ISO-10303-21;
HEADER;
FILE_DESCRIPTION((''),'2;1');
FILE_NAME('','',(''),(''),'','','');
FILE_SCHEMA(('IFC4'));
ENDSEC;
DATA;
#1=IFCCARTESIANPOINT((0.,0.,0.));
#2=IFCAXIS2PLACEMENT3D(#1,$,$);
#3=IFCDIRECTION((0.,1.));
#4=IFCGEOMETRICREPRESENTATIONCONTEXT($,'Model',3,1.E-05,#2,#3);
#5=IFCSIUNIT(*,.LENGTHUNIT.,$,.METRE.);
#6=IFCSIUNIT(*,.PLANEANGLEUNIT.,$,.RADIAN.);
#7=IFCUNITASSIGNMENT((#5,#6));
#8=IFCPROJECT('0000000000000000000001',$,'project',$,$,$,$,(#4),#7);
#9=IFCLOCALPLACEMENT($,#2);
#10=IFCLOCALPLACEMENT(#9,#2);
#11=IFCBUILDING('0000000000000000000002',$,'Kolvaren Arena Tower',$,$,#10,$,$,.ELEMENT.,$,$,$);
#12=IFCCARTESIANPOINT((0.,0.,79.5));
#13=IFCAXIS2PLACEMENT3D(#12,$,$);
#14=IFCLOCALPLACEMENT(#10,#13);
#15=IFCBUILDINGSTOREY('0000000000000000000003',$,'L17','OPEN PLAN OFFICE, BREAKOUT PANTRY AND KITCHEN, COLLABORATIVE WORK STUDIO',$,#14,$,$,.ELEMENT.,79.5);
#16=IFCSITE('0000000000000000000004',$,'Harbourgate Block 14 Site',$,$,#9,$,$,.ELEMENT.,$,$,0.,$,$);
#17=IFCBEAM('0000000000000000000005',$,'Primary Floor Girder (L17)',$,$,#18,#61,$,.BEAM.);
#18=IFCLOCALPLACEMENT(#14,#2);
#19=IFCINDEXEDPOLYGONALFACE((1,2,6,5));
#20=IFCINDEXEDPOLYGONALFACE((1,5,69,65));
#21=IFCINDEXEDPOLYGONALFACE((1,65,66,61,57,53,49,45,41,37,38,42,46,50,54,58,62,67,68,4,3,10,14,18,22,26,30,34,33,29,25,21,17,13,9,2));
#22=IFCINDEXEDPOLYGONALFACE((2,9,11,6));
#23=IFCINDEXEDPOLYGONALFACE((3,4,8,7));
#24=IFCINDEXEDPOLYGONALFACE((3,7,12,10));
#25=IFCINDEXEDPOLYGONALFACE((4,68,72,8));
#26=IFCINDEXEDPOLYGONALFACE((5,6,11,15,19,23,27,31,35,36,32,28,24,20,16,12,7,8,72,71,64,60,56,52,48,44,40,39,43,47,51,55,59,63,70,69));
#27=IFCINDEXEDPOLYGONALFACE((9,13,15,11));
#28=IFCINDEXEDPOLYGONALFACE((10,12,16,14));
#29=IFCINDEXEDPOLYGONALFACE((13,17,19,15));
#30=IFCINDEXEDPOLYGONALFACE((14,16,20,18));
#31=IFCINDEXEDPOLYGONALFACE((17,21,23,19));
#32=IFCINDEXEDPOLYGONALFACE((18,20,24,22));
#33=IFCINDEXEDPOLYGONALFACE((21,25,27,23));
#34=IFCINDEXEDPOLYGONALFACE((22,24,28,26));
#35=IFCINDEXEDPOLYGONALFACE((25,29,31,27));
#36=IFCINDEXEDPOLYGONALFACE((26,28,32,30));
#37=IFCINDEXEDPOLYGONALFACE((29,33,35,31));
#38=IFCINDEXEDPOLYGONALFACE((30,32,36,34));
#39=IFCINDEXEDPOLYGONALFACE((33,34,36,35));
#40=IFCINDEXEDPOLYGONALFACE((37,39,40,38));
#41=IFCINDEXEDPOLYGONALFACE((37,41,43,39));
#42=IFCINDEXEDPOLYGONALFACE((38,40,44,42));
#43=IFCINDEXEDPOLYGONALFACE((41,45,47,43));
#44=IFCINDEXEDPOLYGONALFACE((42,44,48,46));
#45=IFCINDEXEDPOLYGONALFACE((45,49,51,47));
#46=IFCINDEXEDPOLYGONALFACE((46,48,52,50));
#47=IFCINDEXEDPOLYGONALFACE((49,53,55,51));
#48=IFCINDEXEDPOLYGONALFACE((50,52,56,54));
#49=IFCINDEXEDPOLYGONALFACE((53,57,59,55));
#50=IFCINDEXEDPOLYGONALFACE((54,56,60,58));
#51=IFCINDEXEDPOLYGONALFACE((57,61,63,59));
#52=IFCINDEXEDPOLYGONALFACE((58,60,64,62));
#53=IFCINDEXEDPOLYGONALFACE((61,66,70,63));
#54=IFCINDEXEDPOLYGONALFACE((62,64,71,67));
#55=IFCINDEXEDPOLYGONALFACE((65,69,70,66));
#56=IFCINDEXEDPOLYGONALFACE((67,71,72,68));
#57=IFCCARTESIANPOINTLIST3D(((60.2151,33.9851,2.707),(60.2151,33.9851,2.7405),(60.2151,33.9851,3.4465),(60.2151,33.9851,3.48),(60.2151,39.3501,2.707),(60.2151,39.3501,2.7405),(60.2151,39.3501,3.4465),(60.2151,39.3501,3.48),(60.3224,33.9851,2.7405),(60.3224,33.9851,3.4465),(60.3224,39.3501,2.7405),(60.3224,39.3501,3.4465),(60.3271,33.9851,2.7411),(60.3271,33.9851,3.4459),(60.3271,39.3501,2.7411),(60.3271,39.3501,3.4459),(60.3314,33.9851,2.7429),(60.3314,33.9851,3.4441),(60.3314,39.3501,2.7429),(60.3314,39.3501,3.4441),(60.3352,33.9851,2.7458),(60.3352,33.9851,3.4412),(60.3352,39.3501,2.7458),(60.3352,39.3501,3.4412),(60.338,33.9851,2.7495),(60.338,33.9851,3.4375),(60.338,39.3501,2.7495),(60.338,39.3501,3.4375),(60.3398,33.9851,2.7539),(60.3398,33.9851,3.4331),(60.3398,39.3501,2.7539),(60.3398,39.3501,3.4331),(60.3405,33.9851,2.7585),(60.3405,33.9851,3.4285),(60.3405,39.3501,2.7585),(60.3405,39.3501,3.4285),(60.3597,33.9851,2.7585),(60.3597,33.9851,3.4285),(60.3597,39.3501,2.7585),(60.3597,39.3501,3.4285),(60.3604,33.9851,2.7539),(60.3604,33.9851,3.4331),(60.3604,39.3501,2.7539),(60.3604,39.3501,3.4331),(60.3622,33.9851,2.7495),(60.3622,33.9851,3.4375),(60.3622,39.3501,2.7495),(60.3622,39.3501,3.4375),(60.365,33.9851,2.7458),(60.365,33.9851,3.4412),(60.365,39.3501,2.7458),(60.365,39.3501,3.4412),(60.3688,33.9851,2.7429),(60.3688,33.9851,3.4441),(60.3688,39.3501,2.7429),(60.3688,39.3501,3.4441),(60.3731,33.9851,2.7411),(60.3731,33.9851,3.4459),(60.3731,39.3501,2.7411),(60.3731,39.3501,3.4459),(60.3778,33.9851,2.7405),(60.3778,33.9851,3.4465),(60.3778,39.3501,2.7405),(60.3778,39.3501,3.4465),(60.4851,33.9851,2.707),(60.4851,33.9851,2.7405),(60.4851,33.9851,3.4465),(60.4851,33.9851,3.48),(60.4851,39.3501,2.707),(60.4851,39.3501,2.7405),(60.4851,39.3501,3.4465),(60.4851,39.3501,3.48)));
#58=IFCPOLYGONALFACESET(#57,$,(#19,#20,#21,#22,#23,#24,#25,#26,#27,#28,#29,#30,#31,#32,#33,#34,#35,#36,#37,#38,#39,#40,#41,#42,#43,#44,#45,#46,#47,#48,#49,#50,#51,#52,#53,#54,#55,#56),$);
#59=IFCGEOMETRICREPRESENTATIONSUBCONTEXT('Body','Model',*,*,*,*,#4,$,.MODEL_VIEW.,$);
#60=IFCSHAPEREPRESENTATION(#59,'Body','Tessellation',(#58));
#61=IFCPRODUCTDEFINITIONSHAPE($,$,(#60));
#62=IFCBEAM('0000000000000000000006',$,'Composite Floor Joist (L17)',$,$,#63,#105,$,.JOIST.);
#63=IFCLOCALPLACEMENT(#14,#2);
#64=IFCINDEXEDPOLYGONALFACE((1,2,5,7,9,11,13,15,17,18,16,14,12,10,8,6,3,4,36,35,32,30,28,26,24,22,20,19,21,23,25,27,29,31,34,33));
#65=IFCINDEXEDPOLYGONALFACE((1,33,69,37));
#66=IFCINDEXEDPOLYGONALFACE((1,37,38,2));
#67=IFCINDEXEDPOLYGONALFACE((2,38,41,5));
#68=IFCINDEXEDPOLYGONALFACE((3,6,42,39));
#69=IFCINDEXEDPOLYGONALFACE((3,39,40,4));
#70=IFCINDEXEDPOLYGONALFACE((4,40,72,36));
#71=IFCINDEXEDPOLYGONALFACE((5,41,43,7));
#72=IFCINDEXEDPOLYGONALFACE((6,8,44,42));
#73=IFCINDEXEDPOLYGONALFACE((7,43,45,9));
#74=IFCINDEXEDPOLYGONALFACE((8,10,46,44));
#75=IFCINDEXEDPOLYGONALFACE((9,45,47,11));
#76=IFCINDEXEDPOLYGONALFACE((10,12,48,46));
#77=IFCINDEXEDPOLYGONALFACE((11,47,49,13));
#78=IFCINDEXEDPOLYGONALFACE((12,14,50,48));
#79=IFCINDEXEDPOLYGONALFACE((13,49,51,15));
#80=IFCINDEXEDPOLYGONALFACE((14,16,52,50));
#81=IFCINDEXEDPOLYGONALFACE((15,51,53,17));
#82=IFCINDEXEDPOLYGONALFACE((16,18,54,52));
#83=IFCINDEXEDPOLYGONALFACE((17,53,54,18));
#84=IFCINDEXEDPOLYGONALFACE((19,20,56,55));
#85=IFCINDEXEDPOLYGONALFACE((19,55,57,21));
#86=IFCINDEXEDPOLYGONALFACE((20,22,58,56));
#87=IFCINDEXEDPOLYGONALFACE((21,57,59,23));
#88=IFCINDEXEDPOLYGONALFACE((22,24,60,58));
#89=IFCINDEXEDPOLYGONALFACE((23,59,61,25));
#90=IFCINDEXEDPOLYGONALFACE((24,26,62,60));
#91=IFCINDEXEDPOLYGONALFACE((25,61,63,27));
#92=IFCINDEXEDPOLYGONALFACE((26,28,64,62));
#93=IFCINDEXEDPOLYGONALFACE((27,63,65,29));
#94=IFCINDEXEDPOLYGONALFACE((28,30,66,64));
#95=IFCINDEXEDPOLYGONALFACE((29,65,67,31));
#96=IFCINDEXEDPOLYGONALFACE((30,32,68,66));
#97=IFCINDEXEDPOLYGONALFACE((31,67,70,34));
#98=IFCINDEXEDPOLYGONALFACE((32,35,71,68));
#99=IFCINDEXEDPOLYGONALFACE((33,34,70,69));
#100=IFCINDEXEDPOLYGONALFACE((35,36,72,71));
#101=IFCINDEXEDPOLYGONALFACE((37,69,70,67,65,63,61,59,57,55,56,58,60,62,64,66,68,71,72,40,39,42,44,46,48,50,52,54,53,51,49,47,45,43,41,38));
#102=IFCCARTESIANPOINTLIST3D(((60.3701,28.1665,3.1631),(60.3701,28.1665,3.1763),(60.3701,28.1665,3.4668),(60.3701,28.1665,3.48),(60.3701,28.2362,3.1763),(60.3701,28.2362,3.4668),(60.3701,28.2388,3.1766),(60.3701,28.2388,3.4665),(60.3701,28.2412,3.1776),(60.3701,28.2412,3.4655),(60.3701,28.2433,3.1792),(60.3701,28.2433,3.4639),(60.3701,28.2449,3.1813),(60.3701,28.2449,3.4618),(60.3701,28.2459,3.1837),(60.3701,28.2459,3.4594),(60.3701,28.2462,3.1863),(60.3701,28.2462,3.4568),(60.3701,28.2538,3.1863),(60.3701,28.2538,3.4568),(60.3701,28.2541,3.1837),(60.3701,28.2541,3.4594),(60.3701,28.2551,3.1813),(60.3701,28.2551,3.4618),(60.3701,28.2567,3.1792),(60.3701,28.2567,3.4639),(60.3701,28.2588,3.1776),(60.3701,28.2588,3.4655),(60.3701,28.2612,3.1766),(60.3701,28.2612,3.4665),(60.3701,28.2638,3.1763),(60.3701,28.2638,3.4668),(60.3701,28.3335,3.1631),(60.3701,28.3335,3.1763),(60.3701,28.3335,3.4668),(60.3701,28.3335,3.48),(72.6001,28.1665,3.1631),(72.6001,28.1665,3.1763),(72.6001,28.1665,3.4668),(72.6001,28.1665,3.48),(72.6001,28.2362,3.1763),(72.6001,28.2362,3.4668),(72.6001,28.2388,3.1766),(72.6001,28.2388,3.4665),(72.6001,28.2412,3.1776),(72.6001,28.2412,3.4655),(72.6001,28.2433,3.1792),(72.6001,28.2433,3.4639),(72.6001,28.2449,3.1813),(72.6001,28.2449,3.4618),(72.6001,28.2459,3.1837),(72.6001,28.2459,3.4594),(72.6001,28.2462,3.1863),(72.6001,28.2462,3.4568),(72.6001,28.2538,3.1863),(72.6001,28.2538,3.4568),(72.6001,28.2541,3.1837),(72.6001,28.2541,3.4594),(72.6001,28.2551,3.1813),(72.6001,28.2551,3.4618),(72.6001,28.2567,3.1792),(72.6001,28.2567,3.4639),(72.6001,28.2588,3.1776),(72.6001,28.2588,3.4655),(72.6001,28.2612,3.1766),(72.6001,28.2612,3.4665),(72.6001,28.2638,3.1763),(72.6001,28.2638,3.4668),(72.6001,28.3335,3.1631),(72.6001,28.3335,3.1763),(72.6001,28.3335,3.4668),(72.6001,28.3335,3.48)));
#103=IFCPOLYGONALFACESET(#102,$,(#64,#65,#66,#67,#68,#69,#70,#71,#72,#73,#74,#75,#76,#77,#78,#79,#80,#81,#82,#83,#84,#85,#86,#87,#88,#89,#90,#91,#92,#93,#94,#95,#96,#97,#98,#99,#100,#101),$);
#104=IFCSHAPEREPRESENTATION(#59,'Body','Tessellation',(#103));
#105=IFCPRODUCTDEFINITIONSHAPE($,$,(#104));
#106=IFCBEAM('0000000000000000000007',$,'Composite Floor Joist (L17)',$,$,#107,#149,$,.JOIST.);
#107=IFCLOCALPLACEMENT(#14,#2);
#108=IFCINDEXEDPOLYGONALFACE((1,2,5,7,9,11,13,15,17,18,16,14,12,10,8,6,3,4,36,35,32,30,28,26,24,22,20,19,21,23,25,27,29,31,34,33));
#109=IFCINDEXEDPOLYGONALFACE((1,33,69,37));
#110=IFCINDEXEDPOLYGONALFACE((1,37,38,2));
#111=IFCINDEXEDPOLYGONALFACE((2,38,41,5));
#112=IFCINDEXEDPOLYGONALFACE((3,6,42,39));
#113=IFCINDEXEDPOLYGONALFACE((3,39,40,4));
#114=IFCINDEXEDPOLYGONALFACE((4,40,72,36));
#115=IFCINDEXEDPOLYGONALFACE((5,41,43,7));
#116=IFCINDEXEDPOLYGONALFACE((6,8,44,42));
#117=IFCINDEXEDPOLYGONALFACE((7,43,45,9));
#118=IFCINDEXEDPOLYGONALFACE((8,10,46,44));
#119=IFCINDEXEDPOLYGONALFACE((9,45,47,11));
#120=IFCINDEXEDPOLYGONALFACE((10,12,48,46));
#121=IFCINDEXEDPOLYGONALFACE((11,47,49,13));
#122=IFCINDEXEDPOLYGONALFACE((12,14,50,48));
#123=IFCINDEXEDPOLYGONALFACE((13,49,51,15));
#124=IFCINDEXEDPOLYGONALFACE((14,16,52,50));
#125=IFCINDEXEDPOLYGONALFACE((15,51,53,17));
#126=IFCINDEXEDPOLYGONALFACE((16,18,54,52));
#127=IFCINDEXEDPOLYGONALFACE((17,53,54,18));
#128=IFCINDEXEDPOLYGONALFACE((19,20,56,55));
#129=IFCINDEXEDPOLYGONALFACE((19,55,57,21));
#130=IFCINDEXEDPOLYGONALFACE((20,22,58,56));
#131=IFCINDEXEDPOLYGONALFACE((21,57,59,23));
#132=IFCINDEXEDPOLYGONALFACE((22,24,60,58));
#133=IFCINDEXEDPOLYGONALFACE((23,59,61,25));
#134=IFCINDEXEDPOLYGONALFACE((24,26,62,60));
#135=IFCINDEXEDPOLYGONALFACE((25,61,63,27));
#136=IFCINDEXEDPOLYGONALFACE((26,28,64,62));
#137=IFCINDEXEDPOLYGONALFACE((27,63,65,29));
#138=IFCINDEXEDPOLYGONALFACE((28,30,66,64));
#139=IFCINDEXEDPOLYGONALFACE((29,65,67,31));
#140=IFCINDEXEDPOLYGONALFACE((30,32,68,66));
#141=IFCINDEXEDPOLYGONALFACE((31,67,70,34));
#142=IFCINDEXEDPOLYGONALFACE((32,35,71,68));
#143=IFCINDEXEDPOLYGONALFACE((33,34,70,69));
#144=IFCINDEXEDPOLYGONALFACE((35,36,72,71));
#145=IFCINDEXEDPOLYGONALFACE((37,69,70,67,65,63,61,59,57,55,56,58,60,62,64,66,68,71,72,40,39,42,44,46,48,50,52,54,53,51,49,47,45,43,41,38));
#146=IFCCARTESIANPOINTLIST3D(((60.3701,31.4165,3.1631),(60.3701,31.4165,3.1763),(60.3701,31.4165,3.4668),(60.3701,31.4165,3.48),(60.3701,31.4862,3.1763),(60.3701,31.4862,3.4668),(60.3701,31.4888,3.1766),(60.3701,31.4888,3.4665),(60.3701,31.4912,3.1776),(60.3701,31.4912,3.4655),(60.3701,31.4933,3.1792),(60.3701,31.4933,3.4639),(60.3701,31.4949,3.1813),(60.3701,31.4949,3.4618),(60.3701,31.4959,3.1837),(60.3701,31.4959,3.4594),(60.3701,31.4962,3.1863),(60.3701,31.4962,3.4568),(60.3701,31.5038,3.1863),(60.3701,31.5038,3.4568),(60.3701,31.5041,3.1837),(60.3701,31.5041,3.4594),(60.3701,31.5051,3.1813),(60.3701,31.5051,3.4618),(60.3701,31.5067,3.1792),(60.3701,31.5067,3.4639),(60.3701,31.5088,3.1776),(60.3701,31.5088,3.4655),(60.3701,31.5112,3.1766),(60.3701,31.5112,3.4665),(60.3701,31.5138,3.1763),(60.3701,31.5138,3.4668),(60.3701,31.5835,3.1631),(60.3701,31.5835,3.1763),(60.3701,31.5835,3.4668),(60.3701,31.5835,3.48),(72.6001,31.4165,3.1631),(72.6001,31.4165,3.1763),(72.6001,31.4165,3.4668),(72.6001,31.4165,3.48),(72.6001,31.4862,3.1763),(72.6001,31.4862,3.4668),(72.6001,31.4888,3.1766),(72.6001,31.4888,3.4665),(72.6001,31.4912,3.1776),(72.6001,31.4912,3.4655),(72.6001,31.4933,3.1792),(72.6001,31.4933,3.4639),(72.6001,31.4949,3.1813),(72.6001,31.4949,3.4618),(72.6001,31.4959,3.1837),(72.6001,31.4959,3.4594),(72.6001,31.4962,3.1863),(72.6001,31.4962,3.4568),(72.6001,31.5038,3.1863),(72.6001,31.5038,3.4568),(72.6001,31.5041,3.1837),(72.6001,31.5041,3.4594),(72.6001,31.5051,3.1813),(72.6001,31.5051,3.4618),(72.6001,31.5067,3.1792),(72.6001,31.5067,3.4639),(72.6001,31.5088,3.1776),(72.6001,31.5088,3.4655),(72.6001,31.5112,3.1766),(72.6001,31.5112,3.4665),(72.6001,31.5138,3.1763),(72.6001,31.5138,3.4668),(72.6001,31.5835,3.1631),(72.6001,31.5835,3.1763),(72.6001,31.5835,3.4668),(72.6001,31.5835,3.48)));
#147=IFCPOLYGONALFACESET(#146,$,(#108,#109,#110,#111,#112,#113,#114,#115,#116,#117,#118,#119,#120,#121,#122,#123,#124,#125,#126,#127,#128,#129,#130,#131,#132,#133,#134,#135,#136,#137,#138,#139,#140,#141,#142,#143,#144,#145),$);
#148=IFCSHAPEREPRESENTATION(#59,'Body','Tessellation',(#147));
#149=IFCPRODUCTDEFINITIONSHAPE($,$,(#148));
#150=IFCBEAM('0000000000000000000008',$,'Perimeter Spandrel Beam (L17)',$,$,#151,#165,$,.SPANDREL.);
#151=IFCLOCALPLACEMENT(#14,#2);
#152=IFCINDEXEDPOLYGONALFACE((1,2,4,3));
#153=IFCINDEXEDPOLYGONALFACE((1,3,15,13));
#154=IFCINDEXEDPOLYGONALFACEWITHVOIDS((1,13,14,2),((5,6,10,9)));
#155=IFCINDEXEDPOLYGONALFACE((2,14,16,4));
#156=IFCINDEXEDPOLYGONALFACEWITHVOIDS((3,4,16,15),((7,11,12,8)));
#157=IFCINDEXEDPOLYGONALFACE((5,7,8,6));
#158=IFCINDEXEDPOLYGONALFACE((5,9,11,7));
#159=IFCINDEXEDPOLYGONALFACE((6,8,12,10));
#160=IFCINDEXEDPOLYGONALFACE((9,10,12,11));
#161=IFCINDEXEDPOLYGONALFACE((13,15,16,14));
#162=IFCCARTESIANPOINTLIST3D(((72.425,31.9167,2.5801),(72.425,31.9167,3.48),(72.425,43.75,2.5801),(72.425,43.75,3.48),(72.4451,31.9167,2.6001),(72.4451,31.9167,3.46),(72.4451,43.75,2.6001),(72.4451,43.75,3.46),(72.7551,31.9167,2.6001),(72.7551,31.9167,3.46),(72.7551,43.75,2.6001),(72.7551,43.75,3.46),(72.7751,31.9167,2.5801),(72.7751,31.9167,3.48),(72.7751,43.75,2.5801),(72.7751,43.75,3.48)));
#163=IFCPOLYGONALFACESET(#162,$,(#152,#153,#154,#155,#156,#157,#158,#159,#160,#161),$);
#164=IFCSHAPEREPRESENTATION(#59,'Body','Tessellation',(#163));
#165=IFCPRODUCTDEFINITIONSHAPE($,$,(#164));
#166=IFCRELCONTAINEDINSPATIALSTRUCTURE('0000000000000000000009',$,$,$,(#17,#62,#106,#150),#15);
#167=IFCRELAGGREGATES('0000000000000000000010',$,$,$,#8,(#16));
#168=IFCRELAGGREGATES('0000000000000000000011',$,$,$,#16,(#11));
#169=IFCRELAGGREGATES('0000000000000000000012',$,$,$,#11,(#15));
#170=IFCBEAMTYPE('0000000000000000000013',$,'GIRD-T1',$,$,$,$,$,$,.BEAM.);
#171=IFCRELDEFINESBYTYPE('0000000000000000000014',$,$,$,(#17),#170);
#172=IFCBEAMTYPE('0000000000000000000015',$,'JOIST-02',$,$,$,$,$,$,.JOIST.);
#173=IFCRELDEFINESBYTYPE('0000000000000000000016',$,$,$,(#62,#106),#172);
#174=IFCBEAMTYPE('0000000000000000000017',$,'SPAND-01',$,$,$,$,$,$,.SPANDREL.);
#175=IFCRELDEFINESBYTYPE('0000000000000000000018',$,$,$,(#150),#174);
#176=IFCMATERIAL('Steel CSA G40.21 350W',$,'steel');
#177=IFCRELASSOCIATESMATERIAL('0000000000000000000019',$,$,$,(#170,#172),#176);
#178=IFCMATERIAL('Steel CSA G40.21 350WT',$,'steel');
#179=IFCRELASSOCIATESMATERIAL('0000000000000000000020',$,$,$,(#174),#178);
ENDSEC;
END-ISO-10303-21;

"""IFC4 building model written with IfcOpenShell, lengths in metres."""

from ifc_helpers import new_model, si_unit, direction, frame, origin, origin_2d, place, context, subcontext, project, spatial, hollow_rectangle, i_section, extrude, material, material_profile, profile_set, type_object, element, save


model = new_model("IFC4")

# Units and contexts
model_context = context("Model", 3, precision=1e-05, world=origin(), true_north=direction((0.0, 1.0)))
body_context = subcontext(model_context, "Body", "Model", "MODEL_VIEW")
ifc_project = project(units=[si_unit("LENGTHUNIT", "METRE"), si_unit("PLANEANGLEUNIT", "RADIAN")], contexts=[model_context])

# Site, building, storey
site_placement = place(None, origin())
site = spatial("IfcSite", under=ifc_project, at=site_placement, Name="Harbourgate Block 14 Site", CompositionType="ELEMENT", RefElevation=0.0)
building_placement = place(site_placement, origin())
building = spatial("IfcBuilding", under=site, at=building_placement, Name="Kolvaren Arena Tower", CompositionType="ELEMENT")
storey_placement = place(building_placement, frame((0.0, 0.0, 79.5)))
storey = spatial("IfcBuildingStorey", under=building, at=storey_placement, Name="L17", Description="OPEN PLAN OFFICE, BREAKOUT PANTRY AND KITCHEN, COLLABORATIVE WORK STUDIO", CompositionType="ELEMENT", Elevation=79.5)

# Beams
ifc_material_1 = material(Name="Steel CSA G40.21 350W", Category="steel")
ifc_material_profile_1 = material_profile(ifc_material_1, i_section(OverallWidth=0.27, OverallDepth=0.7729, WebThickness=0.0193, FlangeThickness=0.0334, FilletRadius=0.0181, at=origin_2d()), Name="W760x257")
ifc_profile_set_1 = profile_set([ifc_material_profile_1], Name="Steel CSA G40.21 350W")
beam_type_1 = type_object("IfcBeamType", Name="GIRD-T1", PredefinedType="BEAM", material=ifc_profile_set_1)
beam_1_placement = place(storey_placement, frame((60.3501, 33.9851, 3.0935), z_axis=(0.0, 1.0, 0.0), x_axis=(-1.0, 0.0, 0.0)))
element("IfcBeam", 1, at=beam_1_placement, inside=storey, type_object=beam_type_1, Name="Primary Floor Girder (L17)", PredefinedType="BEAM", context=body_context, shape_type="SweptSolid", body=[
    extrude(i_section(OverallWidth=0.27, OverallDepth=0.7729, WebThickness=0.0193, FlangeThickness=0.0334, FilletRadius=0.0181, at=origin_2d()), origin(), (0.0, 0.0, 1.0), 5.365),
])
ifc_material_profile_2 = material_profile(ifc_material_1, i_section(OverallWidth=0.167, OverallDepth=0.3169, WebThickness=0.0076, FlangeThickness=0.0132, FilletRadius=0.01, at=origin_2d()), Name="W310x52")
ifc_profile_set_2 = profile_set([ifc_material_profile_2], Name="Steel CSA G40.21 350W")
beam_type_2 = type_object("IfcBeamType", Name="JOIST-02", PredefinedType="JOIST", material=ifc_profile_set_2)
for number, where, z_axis, x_axis, name in (
    (2, (60.3701, 28.25, 3.3215), (1.0, 0.0, 0.0), (0.0, 1.0, 0.0), "Composite Floor Joist (L17)"),
    (3, (60.3701, 31.5, 3.3215), (1.0, 0.0, 0.0), (0.0, 1.0, 0.0), "Composite Floor Joist (L17)"),
):
    element("IfcBeam", number, at=place(storey_placement, frame(where, z_axis=z_axis, x_axis=x_axis)), inside=storey, type_object=beam_type_2, Name=name, PredefinedType="JOIST", context=body_context, shape_type="SweptSolid", body=[
        extrude(i_section(OverallWidth=0.167, OverallDepth=0.3169, WebThickness=0.0076, FlangeThickness=0.0132, FilletRadius=0.01, at=origin_2d()), origin(), (0.0, 0.0, 1.0), 12.23),
    ])
ifc_material_2 = material(Name="Steel CSA G40.21 350WT", Category="steel")
ifc_material_profile_3 = material_profile(ifc_material_2, hollow_rectangle(XDim=0.3501, YDim=0.8999, WallThickness=0.02, at=origin_2d()), Name="HSS 900x350x20")
ifc_profile_set_3 = profile_set([ifc_material_profile_3], Name="Steel CSA G40.21 350WT")
beam_type_3 = type_object("IfcBeamType", Name="SPAND-01", PredefinedType="SPANDREL", material=ifc_profile_set_3)
beam_2_placement = place(storey_placement, frame((72.6001, 31.9167, 3.03), z_axis=(0.0, 1.0, 0.0), x_axis=(-1.0, 0.0, 0.0)))
element("IfcBeam", 4, at=beam_2_placement, inside=storey, type_object=beam_type_3, Name="Perimeter Spandrel Beam (L17)", PredefinedType="SPANDREL", context=body_context, shape_type="SweptSolid", body=[
    extrude(hollow_rectangle(XDim=0.3501, YDim=0.8999, WallThickness=0.02, at=origin_2d()), origin(), (0.0, 0.0, 1.0), 11.8333),
])

save(model, "model.ifc")
